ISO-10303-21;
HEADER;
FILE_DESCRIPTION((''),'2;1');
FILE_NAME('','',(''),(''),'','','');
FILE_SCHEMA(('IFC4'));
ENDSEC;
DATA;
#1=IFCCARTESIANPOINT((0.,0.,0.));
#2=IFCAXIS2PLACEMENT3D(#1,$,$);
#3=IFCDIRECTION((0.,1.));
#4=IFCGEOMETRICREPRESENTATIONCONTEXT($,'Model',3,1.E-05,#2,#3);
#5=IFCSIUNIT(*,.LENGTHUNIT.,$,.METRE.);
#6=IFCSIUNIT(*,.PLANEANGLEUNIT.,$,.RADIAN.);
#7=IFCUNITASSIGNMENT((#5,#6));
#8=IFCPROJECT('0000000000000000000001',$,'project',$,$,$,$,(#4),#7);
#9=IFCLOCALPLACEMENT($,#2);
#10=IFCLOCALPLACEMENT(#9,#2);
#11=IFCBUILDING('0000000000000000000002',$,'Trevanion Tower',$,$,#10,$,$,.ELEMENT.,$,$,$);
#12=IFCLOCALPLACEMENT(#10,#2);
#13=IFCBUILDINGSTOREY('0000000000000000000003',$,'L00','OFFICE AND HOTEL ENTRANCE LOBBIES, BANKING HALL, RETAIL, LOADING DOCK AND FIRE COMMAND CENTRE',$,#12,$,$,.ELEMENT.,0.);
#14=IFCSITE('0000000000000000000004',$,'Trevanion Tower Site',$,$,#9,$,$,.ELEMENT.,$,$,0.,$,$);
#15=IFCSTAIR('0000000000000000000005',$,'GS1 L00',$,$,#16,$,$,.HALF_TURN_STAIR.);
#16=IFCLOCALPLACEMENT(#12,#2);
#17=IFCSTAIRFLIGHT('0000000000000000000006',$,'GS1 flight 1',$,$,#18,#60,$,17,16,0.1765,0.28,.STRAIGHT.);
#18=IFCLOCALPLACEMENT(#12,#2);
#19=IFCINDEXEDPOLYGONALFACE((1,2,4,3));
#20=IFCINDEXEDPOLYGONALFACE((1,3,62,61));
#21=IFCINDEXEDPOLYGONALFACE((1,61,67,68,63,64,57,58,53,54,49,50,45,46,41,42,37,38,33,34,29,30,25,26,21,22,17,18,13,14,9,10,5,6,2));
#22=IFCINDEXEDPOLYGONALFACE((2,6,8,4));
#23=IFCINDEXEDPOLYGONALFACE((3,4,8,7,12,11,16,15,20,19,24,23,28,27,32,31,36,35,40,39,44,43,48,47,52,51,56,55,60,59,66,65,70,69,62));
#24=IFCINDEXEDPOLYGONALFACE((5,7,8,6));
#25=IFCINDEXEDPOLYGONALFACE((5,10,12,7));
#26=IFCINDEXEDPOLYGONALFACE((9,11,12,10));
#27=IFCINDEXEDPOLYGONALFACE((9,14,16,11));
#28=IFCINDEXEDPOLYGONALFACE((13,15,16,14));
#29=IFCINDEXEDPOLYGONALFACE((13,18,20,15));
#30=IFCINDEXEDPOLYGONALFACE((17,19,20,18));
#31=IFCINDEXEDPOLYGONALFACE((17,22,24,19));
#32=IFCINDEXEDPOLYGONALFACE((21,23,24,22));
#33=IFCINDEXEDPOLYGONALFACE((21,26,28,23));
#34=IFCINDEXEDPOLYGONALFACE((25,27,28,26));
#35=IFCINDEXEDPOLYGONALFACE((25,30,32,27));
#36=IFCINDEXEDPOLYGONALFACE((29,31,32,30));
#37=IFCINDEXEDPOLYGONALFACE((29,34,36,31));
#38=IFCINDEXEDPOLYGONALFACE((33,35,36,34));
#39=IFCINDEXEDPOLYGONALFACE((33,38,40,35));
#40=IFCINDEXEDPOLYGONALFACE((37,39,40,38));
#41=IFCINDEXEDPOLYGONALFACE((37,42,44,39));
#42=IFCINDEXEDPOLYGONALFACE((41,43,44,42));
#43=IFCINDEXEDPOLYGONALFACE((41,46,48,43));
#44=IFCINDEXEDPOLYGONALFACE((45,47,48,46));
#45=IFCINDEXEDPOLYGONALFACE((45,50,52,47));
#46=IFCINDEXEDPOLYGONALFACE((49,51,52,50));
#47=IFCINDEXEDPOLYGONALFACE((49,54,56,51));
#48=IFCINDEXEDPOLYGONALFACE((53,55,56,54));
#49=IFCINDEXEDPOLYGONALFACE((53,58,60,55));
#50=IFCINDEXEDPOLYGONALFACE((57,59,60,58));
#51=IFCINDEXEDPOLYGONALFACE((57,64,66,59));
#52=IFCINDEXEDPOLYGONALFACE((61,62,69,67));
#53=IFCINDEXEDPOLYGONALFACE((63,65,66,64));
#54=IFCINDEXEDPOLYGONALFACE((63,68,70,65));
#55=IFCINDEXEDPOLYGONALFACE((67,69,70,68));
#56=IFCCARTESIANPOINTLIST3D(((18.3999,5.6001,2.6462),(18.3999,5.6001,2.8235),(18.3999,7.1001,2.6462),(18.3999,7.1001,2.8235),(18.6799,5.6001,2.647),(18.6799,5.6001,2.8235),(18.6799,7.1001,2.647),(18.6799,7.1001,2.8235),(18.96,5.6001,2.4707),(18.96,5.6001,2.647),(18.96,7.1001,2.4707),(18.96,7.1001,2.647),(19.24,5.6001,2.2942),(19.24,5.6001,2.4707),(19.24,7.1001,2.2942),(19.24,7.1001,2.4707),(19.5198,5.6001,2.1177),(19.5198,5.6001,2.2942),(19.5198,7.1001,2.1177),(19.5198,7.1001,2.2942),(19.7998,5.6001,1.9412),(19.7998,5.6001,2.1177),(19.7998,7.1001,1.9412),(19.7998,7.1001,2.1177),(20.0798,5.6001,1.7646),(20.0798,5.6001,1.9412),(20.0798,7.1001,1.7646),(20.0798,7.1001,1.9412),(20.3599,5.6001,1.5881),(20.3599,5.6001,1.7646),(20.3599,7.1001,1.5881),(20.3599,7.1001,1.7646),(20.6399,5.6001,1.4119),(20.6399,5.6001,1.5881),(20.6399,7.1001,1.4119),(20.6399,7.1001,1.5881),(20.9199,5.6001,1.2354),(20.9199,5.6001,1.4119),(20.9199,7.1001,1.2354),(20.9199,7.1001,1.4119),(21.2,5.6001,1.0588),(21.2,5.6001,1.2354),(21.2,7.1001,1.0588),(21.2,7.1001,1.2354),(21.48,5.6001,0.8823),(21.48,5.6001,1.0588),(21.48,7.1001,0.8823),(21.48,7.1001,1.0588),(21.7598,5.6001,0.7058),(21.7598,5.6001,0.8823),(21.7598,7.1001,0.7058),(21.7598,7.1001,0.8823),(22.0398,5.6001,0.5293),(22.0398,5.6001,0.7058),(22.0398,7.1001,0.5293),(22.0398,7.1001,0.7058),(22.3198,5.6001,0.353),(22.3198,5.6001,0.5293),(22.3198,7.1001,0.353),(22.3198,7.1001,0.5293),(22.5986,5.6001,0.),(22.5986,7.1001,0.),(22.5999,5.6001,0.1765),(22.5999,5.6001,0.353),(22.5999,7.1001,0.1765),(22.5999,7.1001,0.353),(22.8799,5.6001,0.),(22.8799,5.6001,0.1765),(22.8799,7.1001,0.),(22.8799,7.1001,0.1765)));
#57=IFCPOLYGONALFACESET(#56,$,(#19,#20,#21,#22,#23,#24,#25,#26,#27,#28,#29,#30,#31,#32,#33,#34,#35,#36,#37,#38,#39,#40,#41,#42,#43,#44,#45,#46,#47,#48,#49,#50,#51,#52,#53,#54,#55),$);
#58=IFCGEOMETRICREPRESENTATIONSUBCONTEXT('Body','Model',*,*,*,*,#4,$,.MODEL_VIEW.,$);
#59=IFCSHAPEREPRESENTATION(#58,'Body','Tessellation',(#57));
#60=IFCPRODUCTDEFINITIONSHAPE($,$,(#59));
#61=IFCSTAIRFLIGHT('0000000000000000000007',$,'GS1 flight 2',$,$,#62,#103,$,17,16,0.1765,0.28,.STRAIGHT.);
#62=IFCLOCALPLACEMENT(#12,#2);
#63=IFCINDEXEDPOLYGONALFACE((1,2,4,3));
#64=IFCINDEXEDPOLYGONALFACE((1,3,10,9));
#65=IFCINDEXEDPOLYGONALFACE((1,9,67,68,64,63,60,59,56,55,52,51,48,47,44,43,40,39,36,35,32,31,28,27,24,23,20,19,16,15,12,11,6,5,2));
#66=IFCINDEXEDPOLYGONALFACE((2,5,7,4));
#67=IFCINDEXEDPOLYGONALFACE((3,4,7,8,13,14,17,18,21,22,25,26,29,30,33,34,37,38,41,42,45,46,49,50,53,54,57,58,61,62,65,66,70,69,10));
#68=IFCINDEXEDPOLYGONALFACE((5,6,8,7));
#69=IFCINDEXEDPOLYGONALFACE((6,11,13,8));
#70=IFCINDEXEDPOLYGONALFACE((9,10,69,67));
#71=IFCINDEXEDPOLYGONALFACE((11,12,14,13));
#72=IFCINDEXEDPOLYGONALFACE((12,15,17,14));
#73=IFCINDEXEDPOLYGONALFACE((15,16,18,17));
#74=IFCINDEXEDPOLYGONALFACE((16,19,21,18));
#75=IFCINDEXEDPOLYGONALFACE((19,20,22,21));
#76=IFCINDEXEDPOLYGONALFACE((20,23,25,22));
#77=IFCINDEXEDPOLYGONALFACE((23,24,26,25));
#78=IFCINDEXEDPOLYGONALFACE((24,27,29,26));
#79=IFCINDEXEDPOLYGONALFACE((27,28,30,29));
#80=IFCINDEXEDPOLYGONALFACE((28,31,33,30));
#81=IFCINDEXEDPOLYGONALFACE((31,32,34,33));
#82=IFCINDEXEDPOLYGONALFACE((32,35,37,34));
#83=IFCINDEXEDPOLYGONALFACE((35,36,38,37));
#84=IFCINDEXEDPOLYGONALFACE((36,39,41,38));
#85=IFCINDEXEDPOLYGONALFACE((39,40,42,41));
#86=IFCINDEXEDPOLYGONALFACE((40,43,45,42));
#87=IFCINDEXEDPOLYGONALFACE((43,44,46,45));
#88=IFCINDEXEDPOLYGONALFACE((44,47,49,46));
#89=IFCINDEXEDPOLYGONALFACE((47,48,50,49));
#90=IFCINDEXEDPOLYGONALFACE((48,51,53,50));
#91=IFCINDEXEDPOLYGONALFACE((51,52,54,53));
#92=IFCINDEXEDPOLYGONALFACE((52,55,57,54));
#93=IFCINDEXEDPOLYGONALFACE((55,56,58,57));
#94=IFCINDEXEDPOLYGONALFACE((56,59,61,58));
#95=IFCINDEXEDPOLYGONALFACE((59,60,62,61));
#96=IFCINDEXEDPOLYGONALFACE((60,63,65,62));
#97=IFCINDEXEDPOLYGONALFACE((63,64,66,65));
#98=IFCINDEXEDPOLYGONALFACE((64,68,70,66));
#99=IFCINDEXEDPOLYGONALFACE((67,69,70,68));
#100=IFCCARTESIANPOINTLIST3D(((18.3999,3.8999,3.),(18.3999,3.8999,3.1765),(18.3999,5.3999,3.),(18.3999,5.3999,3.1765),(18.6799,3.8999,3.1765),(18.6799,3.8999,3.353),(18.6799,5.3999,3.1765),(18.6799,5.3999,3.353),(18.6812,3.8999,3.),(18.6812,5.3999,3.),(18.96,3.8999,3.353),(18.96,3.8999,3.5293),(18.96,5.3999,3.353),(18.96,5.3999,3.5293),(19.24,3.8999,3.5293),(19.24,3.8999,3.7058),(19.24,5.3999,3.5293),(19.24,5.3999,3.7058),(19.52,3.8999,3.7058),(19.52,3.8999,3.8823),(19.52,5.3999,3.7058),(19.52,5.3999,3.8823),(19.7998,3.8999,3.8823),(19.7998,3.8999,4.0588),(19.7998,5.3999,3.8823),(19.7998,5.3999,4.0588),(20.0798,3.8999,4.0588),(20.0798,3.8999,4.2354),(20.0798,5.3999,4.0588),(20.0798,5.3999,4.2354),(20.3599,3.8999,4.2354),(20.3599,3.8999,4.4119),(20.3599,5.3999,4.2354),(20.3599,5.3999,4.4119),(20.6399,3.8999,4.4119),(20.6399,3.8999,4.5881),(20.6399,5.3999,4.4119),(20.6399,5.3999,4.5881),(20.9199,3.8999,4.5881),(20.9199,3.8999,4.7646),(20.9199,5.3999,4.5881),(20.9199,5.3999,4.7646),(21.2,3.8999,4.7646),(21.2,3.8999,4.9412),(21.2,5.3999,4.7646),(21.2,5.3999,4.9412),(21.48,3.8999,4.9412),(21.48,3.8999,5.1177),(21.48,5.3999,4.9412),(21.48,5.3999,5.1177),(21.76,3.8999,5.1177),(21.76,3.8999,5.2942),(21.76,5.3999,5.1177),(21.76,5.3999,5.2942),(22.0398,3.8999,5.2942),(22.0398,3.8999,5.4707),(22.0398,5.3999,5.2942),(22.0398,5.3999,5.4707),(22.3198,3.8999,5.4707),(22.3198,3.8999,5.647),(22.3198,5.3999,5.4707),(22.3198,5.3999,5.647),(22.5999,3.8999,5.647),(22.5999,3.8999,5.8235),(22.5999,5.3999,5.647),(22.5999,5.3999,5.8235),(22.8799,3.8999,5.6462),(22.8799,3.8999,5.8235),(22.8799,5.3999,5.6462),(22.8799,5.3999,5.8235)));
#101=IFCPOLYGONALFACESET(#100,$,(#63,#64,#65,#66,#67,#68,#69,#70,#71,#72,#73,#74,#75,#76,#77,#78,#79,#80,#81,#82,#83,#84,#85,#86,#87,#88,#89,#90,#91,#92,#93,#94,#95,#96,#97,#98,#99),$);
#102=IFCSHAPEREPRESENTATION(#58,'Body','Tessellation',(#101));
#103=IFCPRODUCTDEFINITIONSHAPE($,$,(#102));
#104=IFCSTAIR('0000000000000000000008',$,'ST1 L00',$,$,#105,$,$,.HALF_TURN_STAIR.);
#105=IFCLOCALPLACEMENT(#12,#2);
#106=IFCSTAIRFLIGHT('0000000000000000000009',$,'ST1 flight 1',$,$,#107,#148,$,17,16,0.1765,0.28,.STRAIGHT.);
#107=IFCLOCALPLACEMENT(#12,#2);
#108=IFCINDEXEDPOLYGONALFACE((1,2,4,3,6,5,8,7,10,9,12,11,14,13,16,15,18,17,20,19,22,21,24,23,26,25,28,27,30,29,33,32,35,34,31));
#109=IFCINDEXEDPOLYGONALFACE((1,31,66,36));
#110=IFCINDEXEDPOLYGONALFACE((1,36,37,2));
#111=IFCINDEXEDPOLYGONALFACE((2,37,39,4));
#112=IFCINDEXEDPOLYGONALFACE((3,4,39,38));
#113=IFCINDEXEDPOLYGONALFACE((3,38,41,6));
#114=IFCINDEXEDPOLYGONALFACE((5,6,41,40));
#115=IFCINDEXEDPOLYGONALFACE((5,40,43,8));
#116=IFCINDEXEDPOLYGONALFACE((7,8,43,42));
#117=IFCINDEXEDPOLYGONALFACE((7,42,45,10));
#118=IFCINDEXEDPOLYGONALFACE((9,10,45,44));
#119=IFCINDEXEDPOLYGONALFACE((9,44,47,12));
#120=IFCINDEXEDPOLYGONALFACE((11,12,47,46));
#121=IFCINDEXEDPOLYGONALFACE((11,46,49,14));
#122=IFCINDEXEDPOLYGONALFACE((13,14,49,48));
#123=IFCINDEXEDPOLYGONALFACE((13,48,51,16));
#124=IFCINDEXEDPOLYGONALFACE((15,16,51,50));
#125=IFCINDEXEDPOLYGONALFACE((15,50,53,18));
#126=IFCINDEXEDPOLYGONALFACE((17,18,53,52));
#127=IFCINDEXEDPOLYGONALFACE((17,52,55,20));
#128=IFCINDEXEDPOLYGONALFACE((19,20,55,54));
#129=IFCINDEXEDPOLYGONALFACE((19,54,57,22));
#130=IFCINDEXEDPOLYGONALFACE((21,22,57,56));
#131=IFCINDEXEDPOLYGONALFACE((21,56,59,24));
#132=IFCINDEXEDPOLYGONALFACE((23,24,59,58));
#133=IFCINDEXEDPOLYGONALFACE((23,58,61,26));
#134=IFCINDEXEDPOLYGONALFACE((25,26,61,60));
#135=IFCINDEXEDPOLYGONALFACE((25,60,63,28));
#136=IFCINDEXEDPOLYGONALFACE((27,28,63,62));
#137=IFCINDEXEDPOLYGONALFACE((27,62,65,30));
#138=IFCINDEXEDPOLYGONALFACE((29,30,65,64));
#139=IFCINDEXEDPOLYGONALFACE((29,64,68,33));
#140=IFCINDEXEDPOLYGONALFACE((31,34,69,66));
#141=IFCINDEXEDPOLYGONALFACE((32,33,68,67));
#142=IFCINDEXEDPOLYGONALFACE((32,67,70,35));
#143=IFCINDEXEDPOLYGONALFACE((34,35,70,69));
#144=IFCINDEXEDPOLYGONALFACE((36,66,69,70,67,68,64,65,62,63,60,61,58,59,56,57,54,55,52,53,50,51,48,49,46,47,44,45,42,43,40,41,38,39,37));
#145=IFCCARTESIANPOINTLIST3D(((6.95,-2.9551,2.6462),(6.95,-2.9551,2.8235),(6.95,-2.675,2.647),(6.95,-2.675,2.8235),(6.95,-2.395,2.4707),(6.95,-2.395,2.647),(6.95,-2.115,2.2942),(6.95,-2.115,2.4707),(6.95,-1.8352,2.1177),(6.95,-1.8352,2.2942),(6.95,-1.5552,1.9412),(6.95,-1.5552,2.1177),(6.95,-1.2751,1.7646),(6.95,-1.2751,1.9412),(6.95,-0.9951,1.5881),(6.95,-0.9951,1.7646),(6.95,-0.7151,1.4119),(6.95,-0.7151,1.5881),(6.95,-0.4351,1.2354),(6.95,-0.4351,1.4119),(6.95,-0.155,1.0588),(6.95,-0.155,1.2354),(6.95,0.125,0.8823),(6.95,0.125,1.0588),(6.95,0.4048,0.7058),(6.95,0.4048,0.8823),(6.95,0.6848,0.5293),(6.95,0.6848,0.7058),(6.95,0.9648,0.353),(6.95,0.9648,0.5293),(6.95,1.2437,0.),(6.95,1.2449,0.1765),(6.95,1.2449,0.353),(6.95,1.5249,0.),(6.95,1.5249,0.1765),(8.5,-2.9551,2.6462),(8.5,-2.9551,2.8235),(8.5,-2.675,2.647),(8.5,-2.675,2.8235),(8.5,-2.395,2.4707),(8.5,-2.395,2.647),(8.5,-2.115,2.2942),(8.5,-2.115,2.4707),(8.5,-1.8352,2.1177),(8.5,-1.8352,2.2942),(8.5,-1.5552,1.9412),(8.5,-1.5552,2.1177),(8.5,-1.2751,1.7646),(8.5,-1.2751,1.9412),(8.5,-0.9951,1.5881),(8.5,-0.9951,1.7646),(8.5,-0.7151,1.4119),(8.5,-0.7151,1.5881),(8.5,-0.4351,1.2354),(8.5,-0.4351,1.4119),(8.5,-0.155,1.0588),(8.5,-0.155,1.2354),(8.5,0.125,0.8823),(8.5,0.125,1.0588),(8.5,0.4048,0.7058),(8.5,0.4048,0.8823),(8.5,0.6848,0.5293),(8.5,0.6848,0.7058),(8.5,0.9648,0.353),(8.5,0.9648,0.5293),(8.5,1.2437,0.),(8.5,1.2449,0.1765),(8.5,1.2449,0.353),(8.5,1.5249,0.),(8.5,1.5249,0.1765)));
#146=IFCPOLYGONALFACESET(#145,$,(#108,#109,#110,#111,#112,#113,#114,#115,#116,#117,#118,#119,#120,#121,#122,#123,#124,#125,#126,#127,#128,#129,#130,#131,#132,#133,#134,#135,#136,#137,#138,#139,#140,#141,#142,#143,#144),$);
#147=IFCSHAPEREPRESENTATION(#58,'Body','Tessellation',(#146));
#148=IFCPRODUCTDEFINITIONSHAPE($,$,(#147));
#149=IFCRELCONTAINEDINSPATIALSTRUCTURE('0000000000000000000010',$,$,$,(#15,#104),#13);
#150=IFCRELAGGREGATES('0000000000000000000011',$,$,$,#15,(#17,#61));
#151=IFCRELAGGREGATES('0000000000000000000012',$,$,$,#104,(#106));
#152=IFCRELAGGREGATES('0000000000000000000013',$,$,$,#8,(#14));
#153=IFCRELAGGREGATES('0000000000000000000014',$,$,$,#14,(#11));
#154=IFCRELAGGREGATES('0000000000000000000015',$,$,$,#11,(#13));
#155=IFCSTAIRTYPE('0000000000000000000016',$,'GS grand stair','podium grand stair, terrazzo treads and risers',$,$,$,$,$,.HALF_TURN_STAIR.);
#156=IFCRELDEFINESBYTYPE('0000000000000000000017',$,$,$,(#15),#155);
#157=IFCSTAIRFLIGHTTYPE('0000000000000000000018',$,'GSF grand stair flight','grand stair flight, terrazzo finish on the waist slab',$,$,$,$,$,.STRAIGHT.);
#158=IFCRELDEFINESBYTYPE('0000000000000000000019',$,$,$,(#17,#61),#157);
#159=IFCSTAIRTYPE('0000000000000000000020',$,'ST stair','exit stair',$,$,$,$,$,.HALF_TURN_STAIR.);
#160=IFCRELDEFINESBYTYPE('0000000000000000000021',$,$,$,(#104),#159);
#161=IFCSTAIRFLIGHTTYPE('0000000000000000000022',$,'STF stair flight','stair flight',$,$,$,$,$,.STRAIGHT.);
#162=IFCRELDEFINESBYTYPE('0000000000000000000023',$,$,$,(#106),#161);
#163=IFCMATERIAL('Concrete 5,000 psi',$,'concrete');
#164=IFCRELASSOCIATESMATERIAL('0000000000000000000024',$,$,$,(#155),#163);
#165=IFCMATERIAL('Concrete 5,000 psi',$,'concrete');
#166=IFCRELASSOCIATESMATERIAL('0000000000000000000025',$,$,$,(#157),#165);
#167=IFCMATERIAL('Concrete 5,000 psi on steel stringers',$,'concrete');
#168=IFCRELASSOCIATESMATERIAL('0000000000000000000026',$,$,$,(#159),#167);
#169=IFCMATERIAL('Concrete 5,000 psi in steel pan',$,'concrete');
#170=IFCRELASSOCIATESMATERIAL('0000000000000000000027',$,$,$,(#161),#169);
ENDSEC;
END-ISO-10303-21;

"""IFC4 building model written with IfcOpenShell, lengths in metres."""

from ifc_helpers import new_model, si_unit, direction, frame, origin, place, context, subcontext, project, spatial, polyline, outline, extrude, material, type_object, element, aggregate, save


model = new_model("IFC4")

# Units and contexts
model_context = context("Model", 3, precision=1e-05, world=origin(), true_north=direction((0.0, 1.0)))
body_context = subcontext(model_context, "Body", "Model", "MODEL_VIEW")
ifc_project = project(units=[si_unit("LENGTHUNIT", "METRE"), si_unit("PLANEANGLEUNIT", "RADIAN")], contexts=[model_context])

# Site, building, storey
site_placement = place(None, origin())
site = spatial("IfcSite", under=ifc_project, at=site_placement, Name="Trevanion Tower Site", CompositionType="ELEMENT", RefElevation=0.0)
building_placement = place(site_placement, origin())
building = spatial("IfcBuilding", under=site, at=building_placement, Name="Trevanion Tower", CompositionType="ELEMENT")
storey_placement = place(building_placement, origin())
storey = spatial("IfcBuildingStorey", under=building, at=storey_placement, Name="L00", Description="OFFICE AND HOTEL ENTRANCE LOBBIES, BANKING HALL, RETAIL, LOADING DOCK AND FIRE COMMAND CENTRE", CompositionType="ELEMENT", Elevation=0.0)

# Stair, stair flights
ifc_material_1 = material(Name="Concrete 5,000 psi", Category="concrete")
stair_type_1 = type_object("IfcStairType", Name="GS grand stair", Description="podium grand stair, terrazzo treads and risers", PredefinedType="HALF_TURN_STAIR", material=ifc_material_1)
stair_1_placement = place(storey_placement, origin())
stair_1 = element("IfcStair", 1, at=stair_1_placement, inside=storey, type_object=stair_type_1, Name="GS1 L00", PredefinedType="HALF_TURN_STAIR")
ifc_material_2 = material(Name="Concrete 5,000 psi", Category="concrete")
stair_flight_type_1 = type_object("IfcStairFlightType", Name="GSF grand stair flight", Description="grand stair flight, terrazzo finish on the waist slab", PredefinedType="STRAIGHT", material=ifc_material_2)
stair_flight_1_placement = place(storey_placement, frame((22.8799, 6.3501, 0.0), z_axis=(0.0, 0.0, 1.0), x_axis=(-1.0, 0.0, 0.0)))
stair_flight_1 = element("IfcStairFlight", 2, at=stair_flight_1_placement, type_object=stair_flight_type_1, Name="GS1 flight 1", NumberOfRisers=17, NumberOfTreads=16, PredefinedType="STRAIGHT", RiserHeight=0.1765, TreadLength=0.28, context=body_context, shape_type="SweptSolid", body=[
    extrude(outline(polyline([(0.0, 0.0), (0.0, 0.1765), (0.28, 0.1765), (0.28, 0.353), (0.5601, 0.353), (0.5601, 0.5293), (0.8401, 0.5293), (0.8401, 0.7058), (1.1201, 0.7058), (1.1201, 0.8823), (1.3999, 0.8823), (1.3999, 1.0588), (1.6799, 1.0588), (1.6799, 1.2354), (1.96, 1.2354), (1.96, 1.4119), (2.24, 1.4119), (2.24, 1.5881), (2.52, 1.5881), (2.52, 1.7646), (2.8, 1.7646), (2.8, 1.9412), (3.0801, 1.9412), (3.0801, 2.1177), (3.3601, 2.1177), (3.3601, 2.2942), (3.6399, 2.2942), (3.6399, 2.4707), (3.9199, 2.4707), (3.9199, 2.647), (4.2, 2.647), (4.2, 2.8235), (4.48, 2.8235), (4.48, 3.0), (4.48, 2.6462), (0.2812, 0.0), (0.0, 0.0)])), frame((0.0, 0.75, 0.0), z_axis=(0.0, -1.0, 0.0), x_axis=(1.0, 0.0, 0.0)), (0.0, 0.0, 1.0), 1.5),
])
stair_flight_2_placement = place(storey_placement, frame((18.3999, 4.6499, 3.0), z_axis=(0.0, 0.0, 1.0), x_axis=(1.0, 0.0, 0.0)))
stair_flight_2 = element("IfcStairFlight", 3, at=stair_flight_2_placement, type_object=stair_flight_type_1, Name="GS1 flight 2", NumberOfRisers=17, NumberOfTreads=16, PredefinedType="STRAIGHT", RiserHeight=0.1765, TreadLength=0.28, context=body_context, shape_type="SweptSolid", body=[
    extrude(outline(polyline([(0.0, 0.0), (0.0, 0.1765), (0.28, 0.1765), (0.28, 0.353), (0.5601, 0.353), (0.5601, 0.5293), (0.8401, 0.5293), (0.8401, 0.7058), (1.1201, 0.7058), (1.1201, 0.8823), (1.3999, 0.8823), (1.3999, 1.0588), (1.6799, 1.0588), (1.6799, 1.2354), (1.96, 1.2354), (1.96, 1.4119), (2.24, 1.4119), (2.24, 1.5881), (2.52, 1.5881), (2.52, 1.7646), (2.8, 1.7646), (2.8, 1.9412), (3.0801, 1.9412), (3.0801, 2.1177), (3.3601, 2.1177), (3.3601, 2.2942), (3.6399, 2.2942), (3.6399, 2.4707), (3.9199, 2.4707), (3.9199, 2.647), (4.2, 2.647), (4.2, 2.8235), (4.48, 2.8235), (4.48, 3.0), (4.48, 2.6462), (0.2812, 0.0), (0.0, 0.0)])), frame((0.0, 0.75, 0.0), z_axis=(0.0, -1.0, 0.0), x_axis=(1.0, 0.0, 0.0)), (0.0, 0.0, 1.0), 1.5),
])
aggregate(stair_1, [stair_flight_1, stair_flight_2])

# Stair, stair flight
ifc_material_3 = material(Name="Concrete 5,000 psi on steel stringers", Category="concrete")
stair_type_2 = type_object("IfcStairType", Name="ST stair", Description="exit stair", PredefinedType="HALF_TURN_STAIR", material=ifc_material_3)
stair_2_placement = place(storey_placement, origin())
stair_2 = element("IfcStair", 4, at=stair_2_placement, inside=storey, type_object=stair_type_2, Name="ST1 L00", PredefinedType="HALF_TURN_STAIR")
ifc_material_4 = material(Name="Concrete 5,000 psi in steel pan", Category="concrete")
stair_flight_type_2 = type_object("IfcStairFlightType", Name="STF stair flight", Description="stair flight", PredefinedType="STRAIGHT", material=ifc_material_4)
stair_flight_3_placement = place(storey_placement, frame((7.7251, 1.5249, 0.0), z_axis=(0.0, 0.0, 1.0), x_axis=(0.0, -1.0, 0.0)))
stair_flight_3 = element("IfcStairFlight", 5, at=stair_flight_3_placement, type_object=stair_flight_type_2, Name="ST1 flight 1", NumberOfRisers=17, NumberOfTreads=16, PredefinedType="STRAIGHT", RiserHeight=0.1765, TreadLength=0.28, context=body_context, shape_type="SweptSolid", body=[
    extrude(outline(polyline([(0.0, 0.0), (0.0, 0.1765), (0.28, 0.1765), (0.28, 0.353), (0.5601, 0.353), (0.5601, 0.5293), (0.8401, 0.5293), (0.8401, 0.7058), (1.1201, 0.7058), (1.1201, 0.8823), (1.3999, 0.8823), (1.3999, 1.0588), (1.6799, 1.0588), (1.6799, 1.2354), (1.96, 1.2354), (1.96, 1.4119), (2.24, 1.4119), (2.24, 1.5881), (2.52, 1.5881), (2.52, 1.7646), (2.8, 1.7646), (2.8, 1.9412), (3.0801, 1.9412), (3.0801, 2.1177), (3.3601, 2.1177), (3.3601, 2.2942), (3.6399, 2.2942), (3.6399, 2.4707), (3.9199, 2.4707), (3.9199, 2.647), (4.2, 2.647), (4.2, 2.8235), (4.48, 2.8235), (4.48, 3.0), (4.48, 2.6462), (0.2812, 0.0), (0.0, 0.0)])), frame((0.0, 0.7749, 0.0), z_axis=(0.0, -1.0, 0.0), x_axis=(1.0, 0.0, 0.0)), (0.0, 0.0, 1.0), 1.55),
])
aggregate(stair_2, [stair_flight_3])

save(model, "model.ifc")
